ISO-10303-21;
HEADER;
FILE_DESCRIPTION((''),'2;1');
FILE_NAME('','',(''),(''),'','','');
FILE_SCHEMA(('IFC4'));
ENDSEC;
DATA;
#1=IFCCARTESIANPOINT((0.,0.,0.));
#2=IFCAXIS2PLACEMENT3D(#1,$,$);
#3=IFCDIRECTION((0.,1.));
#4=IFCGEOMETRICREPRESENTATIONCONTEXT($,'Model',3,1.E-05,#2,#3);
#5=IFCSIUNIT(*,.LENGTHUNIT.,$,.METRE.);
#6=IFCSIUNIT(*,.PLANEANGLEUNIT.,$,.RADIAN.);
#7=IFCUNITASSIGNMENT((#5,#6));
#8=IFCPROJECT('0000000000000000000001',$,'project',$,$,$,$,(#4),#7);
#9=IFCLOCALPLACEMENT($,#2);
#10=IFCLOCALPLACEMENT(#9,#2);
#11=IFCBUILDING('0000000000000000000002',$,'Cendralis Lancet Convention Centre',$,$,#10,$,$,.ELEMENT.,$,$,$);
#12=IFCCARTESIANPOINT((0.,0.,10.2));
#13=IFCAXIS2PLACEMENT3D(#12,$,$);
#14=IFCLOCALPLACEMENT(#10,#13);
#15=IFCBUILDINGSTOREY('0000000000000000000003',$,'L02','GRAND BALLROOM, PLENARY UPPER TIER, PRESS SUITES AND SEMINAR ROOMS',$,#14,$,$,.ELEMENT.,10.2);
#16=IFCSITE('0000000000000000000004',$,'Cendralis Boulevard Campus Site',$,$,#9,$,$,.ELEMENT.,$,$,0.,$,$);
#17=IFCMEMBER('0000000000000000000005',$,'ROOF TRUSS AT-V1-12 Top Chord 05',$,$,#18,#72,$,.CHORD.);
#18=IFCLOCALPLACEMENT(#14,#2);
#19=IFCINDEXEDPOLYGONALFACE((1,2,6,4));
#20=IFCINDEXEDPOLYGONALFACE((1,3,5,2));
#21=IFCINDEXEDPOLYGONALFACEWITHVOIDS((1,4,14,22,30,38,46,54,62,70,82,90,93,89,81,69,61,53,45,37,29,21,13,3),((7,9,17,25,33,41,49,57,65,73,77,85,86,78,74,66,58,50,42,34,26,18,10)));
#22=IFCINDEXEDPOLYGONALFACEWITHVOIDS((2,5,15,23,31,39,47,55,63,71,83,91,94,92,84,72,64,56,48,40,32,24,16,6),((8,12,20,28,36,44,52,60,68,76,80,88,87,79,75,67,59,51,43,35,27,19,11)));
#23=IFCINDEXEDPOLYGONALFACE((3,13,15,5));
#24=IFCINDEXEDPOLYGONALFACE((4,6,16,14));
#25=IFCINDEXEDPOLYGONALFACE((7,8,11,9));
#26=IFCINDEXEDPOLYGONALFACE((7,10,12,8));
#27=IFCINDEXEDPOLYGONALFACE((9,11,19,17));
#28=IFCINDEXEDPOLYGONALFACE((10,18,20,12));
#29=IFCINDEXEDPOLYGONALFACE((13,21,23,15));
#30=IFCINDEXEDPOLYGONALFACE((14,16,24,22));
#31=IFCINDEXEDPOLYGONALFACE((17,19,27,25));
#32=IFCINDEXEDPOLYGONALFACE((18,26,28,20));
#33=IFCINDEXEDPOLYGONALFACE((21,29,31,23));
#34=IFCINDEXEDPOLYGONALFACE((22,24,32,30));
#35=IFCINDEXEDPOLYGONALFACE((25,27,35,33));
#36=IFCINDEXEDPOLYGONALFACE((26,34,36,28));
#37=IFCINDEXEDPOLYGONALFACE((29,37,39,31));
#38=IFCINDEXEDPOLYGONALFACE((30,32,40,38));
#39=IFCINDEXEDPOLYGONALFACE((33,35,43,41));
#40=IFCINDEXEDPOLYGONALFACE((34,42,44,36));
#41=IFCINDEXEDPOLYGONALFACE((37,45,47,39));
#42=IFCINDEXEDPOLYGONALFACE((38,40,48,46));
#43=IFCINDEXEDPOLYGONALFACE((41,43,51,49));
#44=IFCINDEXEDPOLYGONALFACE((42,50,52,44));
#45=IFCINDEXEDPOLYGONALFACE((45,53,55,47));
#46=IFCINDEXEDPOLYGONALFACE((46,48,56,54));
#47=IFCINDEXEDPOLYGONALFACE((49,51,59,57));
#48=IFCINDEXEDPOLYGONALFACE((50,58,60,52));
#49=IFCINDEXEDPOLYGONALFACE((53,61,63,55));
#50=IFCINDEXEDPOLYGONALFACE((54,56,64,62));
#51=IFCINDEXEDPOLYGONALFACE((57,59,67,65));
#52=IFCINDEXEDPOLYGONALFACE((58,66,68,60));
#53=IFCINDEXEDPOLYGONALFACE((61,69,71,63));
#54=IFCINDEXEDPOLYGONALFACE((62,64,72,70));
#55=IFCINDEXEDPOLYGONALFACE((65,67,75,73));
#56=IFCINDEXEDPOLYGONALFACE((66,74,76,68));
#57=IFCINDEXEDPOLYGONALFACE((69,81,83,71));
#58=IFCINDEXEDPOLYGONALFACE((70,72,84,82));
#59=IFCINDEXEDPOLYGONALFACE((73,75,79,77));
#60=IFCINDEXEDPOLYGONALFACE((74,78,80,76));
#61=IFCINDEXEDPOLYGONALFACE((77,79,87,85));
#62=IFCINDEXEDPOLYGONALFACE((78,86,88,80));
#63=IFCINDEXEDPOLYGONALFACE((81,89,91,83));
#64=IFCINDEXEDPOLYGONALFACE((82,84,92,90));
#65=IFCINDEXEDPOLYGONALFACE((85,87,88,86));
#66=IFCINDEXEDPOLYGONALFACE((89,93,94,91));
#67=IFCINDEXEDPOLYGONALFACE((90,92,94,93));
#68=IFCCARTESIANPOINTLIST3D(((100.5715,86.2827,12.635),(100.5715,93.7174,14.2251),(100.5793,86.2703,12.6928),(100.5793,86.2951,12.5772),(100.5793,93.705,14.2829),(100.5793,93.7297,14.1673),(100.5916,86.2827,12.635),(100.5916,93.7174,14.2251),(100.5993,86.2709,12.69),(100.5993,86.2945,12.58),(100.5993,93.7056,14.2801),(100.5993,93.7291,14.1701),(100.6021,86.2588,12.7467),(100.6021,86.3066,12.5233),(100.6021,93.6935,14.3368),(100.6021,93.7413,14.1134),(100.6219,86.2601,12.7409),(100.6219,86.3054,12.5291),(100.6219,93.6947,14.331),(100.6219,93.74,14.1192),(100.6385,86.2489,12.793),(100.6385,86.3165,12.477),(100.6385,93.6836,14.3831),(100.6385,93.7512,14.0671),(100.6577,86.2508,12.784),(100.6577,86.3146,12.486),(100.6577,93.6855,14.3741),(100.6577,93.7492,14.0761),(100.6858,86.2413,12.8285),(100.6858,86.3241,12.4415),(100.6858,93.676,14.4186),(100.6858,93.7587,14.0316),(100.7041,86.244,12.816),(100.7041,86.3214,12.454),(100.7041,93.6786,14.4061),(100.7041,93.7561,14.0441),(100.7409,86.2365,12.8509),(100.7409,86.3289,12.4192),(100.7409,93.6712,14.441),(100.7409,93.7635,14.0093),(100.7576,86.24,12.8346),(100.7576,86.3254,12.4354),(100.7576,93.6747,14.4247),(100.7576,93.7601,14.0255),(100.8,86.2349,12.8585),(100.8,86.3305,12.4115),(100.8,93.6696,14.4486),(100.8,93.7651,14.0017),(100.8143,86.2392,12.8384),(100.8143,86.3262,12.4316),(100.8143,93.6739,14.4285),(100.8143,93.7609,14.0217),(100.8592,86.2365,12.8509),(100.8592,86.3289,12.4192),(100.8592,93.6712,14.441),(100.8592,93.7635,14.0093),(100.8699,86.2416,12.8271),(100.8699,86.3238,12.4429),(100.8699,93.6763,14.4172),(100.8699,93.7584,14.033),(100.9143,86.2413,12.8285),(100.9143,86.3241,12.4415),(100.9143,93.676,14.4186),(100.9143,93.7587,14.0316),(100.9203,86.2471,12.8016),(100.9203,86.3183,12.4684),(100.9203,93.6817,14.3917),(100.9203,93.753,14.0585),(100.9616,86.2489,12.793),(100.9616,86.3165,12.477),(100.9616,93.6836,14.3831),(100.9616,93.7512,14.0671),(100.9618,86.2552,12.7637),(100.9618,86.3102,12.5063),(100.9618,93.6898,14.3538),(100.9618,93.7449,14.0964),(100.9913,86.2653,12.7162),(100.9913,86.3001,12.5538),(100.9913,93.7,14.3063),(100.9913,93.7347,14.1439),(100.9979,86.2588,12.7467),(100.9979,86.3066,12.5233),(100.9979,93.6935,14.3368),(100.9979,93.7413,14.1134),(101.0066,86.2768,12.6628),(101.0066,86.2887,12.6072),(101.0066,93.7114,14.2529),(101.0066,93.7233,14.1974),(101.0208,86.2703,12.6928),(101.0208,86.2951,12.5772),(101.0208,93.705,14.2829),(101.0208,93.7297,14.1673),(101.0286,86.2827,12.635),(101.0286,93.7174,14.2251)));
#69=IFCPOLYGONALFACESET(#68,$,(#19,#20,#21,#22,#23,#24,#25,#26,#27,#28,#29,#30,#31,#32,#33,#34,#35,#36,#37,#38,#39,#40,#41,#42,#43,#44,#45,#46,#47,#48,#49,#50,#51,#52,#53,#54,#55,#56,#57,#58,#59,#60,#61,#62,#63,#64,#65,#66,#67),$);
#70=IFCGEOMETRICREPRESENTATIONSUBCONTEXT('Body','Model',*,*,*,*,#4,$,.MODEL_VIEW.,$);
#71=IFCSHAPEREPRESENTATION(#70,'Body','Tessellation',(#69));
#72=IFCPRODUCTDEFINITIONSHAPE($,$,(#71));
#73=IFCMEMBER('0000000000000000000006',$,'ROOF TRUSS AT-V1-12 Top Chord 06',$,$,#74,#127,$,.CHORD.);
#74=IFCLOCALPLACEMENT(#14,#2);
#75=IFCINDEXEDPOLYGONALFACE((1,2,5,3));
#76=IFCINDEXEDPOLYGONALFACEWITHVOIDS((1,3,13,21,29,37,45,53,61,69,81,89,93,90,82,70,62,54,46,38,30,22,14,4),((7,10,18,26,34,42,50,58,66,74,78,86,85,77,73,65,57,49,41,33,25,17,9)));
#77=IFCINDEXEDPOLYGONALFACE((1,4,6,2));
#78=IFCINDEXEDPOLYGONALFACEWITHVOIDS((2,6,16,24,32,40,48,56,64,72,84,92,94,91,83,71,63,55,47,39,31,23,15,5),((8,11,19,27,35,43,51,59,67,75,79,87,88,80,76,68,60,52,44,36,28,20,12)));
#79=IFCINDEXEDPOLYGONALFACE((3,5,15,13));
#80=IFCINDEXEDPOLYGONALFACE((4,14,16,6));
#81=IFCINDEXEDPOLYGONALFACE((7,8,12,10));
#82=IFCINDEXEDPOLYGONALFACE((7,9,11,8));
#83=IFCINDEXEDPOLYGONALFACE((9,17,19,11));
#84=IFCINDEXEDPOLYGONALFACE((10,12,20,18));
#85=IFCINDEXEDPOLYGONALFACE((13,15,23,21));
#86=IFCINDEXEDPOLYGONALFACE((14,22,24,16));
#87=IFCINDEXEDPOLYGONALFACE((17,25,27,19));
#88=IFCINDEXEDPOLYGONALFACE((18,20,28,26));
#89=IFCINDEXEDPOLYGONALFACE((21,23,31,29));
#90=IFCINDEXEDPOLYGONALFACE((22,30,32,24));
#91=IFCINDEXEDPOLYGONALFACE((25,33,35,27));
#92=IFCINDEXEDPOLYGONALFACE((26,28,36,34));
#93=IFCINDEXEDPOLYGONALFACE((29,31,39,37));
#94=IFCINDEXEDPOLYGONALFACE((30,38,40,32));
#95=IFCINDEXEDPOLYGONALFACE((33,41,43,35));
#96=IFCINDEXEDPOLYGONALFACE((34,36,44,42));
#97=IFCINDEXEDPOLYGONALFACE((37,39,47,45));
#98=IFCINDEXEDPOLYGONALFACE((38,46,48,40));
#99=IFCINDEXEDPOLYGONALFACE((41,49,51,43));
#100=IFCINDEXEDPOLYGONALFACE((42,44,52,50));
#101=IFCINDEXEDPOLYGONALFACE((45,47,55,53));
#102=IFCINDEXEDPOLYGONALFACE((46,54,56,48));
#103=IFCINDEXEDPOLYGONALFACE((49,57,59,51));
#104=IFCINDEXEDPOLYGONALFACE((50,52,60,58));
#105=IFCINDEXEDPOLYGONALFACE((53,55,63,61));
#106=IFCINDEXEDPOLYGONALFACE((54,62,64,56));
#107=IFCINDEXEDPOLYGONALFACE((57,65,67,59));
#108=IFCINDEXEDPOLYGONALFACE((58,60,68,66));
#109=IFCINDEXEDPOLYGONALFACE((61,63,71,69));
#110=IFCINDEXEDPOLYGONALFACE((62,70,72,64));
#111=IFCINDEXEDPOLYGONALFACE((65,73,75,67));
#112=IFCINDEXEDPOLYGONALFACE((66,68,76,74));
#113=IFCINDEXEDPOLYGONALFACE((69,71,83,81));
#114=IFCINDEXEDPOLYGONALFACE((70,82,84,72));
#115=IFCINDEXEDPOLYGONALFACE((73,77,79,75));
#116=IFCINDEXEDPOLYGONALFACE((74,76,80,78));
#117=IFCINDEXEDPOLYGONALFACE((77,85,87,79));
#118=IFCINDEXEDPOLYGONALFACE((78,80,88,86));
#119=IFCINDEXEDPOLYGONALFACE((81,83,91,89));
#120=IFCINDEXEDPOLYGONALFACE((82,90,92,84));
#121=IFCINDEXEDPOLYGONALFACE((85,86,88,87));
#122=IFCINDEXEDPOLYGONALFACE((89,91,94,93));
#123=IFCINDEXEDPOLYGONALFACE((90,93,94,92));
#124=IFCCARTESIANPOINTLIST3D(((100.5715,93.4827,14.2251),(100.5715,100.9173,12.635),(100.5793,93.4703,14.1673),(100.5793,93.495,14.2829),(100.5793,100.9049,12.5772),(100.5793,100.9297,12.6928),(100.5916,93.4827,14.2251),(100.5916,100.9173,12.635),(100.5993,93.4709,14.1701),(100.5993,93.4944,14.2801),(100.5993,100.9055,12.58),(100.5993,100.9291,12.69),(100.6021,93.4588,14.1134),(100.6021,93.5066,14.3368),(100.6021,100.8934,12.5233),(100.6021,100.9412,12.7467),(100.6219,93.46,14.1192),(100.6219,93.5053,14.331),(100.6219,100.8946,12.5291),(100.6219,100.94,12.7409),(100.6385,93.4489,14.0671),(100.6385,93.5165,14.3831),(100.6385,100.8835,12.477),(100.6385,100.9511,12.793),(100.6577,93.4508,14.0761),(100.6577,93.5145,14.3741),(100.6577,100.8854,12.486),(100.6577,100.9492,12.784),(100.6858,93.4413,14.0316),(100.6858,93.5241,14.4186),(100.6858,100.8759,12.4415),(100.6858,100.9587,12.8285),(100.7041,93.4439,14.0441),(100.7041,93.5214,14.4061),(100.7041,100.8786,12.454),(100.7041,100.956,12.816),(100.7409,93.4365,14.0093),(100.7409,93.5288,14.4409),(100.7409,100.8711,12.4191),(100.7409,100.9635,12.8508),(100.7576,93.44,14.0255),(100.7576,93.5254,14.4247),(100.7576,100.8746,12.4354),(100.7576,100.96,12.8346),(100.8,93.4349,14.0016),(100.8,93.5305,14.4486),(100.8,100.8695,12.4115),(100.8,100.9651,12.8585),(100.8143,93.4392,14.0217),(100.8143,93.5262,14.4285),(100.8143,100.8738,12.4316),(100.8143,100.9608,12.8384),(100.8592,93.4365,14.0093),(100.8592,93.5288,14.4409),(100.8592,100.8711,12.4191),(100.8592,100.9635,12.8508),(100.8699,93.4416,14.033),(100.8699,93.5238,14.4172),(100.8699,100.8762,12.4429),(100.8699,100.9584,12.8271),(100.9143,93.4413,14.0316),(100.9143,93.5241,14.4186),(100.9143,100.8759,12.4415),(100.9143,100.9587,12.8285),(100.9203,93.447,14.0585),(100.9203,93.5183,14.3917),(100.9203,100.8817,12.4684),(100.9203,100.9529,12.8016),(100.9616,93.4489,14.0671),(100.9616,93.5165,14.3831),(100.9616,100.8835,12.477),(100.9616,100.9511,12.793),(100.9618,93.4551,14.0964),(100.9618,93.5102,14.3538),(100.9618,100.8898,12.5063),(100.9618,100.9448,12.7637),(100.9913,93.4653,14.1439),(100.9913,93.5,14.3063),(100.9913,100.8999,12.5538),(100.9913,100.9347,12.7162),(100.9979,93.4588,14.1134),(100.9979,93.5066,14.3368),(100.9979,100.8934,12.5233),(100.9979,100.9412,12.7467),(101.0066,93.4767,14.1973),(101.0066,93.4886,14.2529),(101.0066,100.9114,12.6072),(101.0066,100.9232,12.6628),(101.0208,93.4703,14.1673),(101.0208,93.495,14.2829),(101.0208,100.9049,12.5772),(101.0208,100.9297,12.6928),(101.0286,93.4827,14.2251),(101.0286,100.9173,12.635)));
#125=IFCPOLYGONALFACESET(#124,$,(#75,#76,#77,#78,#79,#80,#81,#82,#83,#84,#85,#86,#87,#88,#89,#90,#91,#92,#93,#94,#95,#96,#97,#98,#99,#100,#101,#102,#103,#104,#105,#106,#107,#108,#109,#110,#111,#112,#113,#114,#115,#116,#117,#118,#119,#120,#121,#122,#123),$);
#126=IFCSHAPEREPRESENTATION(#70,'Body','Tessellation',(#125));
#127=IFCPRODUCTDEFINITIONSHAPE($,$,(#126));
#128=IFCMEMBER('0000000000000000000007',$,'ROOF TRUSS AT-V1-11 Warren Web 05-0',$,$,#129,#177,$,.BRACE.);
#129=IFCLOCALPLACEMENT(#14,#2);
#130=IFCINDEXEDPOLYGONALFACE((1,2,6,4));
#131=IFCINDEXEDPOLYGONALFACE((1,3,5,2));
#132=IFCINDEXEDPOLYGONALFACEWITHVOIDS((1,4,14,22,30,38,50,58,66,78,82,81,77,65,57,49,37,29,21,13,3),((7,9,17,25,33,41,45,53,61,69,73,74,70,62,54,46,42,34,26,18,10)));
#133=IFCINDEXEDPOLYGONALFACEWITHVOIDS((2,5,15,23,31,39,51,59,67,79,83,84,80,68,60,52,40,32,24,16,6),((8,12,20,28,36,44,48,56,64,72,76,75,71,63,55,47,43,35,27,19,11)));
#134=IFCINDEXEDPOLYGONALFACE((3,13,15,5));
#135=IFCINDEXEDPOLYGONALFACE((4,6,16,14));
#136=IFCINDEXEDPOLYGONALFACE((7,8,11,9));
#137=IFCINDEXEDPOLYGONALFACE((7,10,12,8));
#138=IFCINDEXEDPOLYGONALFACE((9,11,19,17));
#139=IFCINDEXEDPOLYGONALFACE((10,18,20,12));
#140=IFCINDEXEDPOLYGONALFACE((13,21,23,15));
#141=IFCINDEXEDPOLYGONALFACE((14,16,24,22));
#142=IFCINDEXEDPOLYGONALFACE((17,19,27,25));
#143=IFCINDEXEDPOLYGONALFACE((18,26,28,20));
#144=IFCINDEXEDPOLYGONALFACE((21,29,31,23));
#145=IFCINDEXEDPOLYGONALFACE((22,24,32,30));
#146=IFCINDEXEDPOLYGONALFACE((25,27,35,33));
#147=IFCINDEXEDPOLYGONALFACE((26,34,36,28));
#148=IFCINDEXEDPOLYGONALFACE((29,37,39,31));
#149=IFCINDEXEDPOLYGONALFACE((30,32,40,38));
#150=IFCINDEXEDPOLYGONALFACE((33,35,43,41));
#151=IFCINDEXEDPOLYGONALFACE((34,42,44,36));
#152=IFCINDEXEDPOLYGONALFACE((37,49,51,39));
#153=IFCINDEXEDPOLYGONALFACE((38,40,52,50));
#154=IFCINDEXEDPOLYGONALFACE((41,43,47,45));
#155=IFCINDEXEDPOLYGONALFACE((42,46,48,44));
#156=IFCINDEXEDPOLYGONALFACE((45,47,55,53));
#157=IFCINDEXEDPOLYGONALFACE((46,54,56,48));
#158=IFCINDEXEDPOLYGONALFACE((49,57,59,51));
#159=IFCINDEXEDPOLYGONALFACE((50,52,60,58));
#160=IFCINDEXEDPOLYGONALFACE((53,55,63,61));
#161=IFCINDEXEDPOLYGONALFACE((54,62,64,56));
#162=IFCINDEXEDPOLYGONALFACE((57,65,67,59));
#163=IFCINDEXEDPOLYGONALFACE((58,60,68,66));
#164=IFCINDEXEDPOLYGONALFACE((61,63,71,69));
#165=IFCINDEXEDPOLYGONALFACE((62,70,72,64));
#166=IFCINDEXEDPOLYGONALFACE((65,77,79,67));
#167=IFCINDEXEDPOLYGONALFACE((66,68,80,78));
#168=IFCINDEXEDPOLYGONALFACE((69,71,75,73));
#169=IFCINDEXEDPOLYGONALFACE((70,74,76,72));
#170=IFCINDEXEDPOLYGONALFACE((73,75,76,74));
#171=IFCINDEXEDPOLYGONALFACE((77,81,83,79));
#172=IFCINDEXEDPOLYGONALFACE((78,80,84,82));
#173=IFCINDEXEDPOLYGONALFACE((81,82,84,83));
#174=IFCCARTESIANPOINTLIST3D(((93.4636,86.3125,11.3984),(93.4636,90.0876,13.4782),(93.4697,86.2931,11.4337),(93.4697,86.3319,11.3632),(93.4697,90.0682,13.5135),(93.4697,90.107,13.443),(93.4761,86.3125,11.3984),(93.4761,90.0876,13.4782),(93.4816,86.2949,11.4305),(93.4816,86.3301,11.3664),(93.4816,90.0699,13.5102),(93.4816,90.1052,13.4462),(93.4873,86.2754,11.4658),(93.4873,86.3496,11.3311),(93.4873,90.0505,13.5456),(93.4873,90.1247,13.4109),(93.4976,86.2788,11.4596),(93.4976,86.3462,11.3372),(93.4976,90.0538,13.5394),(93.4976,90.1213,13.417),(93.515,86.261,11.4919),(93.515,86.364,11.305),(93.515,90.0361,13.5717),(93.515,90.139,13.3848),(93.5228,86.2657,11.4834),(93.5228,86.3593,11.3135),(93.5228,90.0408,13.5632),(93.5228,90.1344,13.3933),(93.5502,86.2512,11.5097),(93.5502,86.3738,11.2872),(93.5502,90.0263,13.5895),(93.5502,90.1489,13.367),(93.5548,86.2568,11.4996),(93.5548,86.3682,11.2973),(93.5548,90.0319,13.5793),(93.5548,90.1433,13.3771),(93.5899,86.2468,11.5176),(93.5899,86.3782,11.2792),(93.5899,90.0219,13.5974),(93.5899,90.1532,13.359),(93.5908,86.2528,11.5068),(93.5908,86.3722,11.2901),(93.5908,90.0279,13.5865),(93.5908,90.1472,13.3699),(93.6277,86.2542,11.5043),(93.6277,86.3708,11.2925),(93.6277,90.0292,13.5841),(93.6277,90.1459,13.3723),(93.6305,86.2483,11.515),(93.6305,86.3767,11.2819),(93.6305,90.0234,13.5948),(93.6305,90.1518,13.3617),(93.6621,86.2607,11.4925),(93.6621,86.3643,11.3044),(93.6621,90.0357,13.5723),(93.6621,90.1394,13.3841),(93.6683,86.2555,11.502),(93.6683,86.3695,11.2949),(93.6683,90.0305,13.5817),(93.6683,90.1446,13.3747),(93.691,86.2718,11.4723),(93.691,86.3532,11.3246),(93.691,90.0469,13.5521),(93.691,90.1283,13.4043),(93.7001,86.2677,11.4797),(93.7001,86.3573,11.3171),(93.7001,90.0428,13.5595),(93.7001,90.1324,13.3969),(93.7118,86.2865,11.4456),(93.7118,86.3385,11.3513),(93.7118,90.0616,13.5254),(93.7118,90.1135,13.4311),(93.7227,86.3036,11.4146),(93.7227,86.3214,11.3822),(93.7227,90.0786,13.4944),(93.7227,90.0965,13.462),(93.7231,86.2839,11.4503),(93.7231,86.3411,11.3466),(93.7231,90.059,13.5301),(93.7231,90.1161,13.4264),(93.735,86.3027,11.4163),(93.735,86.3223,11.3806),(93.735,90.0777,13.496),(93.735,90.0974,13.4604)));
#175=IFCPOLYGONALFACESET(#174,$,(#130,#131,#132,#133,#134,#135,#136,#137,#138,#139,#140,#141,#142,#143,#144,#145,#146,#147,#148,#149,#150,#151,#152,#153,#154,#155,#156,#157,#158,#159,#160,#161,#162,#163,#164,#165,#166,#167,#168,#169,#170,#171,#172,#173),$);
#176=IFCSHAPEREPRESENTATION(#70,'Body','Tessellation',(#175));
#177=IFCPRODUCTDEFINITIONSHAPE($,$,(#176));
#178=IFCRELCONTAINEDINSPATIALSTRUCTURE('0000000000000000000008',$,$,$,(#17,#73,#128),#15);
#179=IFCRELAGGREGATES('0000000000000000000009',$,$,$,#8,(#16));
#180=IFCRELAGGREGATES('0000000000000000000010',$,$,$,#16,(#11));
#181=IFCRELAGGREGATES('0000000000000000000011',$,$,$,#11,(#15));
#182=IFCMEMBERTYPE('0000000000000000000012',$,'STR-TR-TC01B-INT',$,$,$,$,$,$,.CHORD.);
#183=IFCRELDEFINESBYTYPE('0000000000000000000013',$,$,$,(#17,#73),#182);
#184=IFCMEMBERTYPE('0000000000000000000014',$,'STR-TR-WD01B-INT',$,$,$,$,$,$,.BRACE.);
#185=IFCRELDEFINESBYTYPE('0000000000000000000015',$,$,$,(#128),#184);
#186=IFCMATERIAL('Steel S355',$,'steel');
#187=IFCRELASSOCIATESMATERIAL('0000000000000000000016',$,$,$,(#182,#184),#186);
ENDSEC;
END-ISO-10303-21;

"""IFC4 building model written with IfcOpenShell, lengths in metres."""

from ifc_helpers import new_model, si_unit, direction, frame, origin, origin_2d, place, context, subcontext, project, spatial, hollow_circle, extrude, material, material_profile, profile_set, type_object, element, save


model = new_model("IFC4")

# Units and contexts
model_context = context("Model", 3, precision=1e-05, world=origin(), true_north=direction((0.0, 1.0)))
body_context = subcontext(model_context, "Body", "Model", "MODEL_VIEW")
ifc_project = project(units=[si_unit("LENGTHUNIT", "METRE"), si_unit("PLANEANGLEUNIT", "RADIAN")], contexts=[model_context])

# Site, building, storey
site_placement = place(None, origin())
site = spatial("IfcSite", under=ifc_project, at=site_placement, Name="Cendralis Boulevard Campus Site", CompositionType="ELEMENT", RefElevation=0.0)
building_placement = place(site_placement, origin())
building = spatial("IfcBuilding", under=site, at=building_placement, Name="Cendralis Lancet Convention Centre", CompositionType="ELEMENT")
storey_placement = place(building_placement, frame((0.0, 0.0, 10.2)))
storey = spatial("IfcBuildingStorey", under=building, at=storey_placement, Name="L02", Description="GRAND BALLROOM, PLENARY UPPER TIER, PRESS SUITES AND SEMINAR ROOMS", CompositionType="ELEMENT", Elevation=10.2)

# Members
ifc_material = material(Name="Steel S355", Category="steel")
ifc_material_profile_1 = material_profile(ifc_material, hollow_circle(Radius=0.2285, WallThickness=0.02, at=origin_2d()), Name="CHS 457.0x20.0")
ifc_profile_set_1 = profile_set([ifc_material_profile_1], Name="Steel S355")
member_type_1 = type_object("IfcMemberType", Name="STR-TR-TC01B-INT", PredefinedType="CHORD", material=ifc_profile_set_1)
for number, where, z_axis, x_axis, name in (
    (1, (100.8, 86.2827, 12.635), (0.0, 0.977884, 0.209147), (-1.0, 0.0, 0.0), "ROOF TRUSS AT-V1-12 Top Chord 05"),
    (2, (100.8, 93.4827, 14.2251), (0.0, 0.977884, -0.209147), (-1.0, 0.0, 0.0), "ROOF TRUSS AT-V1-12 Top Chord 06"),
):
    element("IfcMember", number, at=place(storey_placement, frame(where, z_axis=z_axis, x_axis=x_axis)), inside=storey, type_object=member_type_1, Name=name, PredefinedType="CHORD", context=body_context, shape_type="SweptSolid", body=[
        extrude(hollow_circle(Radius=0.2285, WallThickness=0.02, at=origin_2d()), origin(), (0.0, 0.0, 1.0), 7.6028),
    ])
ifc_material_profile_2 = material_profile(ifc_material, hollow_circle(Radius=0.1365, WallThickness=0.0125, at=origin_2d()), Name="CHS 273.0x12.5")
ifc_profile_set_2 = profile_set([ifc_material_profile_2], Name="Steel S355")
member_type_2 = type_object("IfcMemberType", Name="STR-TR-WD01B-INT", PredefinedType="BRACE", material=ifc_profile_set_2)
member_1_placement = place(storey_placement, frame((93.6001, 86.3125, 11.3984), z_axis=(0.0, 0.875872, 0.482543), x_axis=(-1.0, 0.0, 0.0)))
element("IfcMember", 3, at=member_1_placement, inside=storey, type_object=member_type_2, Name="ROOF TRUSS AT-V1-11 Warren Web 05-0", PredefinedType="BRACE", context=body_context, shape_type="SweptSolid", body=[
    extrude(hollow_circle(Radius=0.1365, WallThickness=0.0125, at=origin_2d()), origin(), (0.0, 0.0, 1.0), 4.3101),
])

save(model, "model.ifc")
